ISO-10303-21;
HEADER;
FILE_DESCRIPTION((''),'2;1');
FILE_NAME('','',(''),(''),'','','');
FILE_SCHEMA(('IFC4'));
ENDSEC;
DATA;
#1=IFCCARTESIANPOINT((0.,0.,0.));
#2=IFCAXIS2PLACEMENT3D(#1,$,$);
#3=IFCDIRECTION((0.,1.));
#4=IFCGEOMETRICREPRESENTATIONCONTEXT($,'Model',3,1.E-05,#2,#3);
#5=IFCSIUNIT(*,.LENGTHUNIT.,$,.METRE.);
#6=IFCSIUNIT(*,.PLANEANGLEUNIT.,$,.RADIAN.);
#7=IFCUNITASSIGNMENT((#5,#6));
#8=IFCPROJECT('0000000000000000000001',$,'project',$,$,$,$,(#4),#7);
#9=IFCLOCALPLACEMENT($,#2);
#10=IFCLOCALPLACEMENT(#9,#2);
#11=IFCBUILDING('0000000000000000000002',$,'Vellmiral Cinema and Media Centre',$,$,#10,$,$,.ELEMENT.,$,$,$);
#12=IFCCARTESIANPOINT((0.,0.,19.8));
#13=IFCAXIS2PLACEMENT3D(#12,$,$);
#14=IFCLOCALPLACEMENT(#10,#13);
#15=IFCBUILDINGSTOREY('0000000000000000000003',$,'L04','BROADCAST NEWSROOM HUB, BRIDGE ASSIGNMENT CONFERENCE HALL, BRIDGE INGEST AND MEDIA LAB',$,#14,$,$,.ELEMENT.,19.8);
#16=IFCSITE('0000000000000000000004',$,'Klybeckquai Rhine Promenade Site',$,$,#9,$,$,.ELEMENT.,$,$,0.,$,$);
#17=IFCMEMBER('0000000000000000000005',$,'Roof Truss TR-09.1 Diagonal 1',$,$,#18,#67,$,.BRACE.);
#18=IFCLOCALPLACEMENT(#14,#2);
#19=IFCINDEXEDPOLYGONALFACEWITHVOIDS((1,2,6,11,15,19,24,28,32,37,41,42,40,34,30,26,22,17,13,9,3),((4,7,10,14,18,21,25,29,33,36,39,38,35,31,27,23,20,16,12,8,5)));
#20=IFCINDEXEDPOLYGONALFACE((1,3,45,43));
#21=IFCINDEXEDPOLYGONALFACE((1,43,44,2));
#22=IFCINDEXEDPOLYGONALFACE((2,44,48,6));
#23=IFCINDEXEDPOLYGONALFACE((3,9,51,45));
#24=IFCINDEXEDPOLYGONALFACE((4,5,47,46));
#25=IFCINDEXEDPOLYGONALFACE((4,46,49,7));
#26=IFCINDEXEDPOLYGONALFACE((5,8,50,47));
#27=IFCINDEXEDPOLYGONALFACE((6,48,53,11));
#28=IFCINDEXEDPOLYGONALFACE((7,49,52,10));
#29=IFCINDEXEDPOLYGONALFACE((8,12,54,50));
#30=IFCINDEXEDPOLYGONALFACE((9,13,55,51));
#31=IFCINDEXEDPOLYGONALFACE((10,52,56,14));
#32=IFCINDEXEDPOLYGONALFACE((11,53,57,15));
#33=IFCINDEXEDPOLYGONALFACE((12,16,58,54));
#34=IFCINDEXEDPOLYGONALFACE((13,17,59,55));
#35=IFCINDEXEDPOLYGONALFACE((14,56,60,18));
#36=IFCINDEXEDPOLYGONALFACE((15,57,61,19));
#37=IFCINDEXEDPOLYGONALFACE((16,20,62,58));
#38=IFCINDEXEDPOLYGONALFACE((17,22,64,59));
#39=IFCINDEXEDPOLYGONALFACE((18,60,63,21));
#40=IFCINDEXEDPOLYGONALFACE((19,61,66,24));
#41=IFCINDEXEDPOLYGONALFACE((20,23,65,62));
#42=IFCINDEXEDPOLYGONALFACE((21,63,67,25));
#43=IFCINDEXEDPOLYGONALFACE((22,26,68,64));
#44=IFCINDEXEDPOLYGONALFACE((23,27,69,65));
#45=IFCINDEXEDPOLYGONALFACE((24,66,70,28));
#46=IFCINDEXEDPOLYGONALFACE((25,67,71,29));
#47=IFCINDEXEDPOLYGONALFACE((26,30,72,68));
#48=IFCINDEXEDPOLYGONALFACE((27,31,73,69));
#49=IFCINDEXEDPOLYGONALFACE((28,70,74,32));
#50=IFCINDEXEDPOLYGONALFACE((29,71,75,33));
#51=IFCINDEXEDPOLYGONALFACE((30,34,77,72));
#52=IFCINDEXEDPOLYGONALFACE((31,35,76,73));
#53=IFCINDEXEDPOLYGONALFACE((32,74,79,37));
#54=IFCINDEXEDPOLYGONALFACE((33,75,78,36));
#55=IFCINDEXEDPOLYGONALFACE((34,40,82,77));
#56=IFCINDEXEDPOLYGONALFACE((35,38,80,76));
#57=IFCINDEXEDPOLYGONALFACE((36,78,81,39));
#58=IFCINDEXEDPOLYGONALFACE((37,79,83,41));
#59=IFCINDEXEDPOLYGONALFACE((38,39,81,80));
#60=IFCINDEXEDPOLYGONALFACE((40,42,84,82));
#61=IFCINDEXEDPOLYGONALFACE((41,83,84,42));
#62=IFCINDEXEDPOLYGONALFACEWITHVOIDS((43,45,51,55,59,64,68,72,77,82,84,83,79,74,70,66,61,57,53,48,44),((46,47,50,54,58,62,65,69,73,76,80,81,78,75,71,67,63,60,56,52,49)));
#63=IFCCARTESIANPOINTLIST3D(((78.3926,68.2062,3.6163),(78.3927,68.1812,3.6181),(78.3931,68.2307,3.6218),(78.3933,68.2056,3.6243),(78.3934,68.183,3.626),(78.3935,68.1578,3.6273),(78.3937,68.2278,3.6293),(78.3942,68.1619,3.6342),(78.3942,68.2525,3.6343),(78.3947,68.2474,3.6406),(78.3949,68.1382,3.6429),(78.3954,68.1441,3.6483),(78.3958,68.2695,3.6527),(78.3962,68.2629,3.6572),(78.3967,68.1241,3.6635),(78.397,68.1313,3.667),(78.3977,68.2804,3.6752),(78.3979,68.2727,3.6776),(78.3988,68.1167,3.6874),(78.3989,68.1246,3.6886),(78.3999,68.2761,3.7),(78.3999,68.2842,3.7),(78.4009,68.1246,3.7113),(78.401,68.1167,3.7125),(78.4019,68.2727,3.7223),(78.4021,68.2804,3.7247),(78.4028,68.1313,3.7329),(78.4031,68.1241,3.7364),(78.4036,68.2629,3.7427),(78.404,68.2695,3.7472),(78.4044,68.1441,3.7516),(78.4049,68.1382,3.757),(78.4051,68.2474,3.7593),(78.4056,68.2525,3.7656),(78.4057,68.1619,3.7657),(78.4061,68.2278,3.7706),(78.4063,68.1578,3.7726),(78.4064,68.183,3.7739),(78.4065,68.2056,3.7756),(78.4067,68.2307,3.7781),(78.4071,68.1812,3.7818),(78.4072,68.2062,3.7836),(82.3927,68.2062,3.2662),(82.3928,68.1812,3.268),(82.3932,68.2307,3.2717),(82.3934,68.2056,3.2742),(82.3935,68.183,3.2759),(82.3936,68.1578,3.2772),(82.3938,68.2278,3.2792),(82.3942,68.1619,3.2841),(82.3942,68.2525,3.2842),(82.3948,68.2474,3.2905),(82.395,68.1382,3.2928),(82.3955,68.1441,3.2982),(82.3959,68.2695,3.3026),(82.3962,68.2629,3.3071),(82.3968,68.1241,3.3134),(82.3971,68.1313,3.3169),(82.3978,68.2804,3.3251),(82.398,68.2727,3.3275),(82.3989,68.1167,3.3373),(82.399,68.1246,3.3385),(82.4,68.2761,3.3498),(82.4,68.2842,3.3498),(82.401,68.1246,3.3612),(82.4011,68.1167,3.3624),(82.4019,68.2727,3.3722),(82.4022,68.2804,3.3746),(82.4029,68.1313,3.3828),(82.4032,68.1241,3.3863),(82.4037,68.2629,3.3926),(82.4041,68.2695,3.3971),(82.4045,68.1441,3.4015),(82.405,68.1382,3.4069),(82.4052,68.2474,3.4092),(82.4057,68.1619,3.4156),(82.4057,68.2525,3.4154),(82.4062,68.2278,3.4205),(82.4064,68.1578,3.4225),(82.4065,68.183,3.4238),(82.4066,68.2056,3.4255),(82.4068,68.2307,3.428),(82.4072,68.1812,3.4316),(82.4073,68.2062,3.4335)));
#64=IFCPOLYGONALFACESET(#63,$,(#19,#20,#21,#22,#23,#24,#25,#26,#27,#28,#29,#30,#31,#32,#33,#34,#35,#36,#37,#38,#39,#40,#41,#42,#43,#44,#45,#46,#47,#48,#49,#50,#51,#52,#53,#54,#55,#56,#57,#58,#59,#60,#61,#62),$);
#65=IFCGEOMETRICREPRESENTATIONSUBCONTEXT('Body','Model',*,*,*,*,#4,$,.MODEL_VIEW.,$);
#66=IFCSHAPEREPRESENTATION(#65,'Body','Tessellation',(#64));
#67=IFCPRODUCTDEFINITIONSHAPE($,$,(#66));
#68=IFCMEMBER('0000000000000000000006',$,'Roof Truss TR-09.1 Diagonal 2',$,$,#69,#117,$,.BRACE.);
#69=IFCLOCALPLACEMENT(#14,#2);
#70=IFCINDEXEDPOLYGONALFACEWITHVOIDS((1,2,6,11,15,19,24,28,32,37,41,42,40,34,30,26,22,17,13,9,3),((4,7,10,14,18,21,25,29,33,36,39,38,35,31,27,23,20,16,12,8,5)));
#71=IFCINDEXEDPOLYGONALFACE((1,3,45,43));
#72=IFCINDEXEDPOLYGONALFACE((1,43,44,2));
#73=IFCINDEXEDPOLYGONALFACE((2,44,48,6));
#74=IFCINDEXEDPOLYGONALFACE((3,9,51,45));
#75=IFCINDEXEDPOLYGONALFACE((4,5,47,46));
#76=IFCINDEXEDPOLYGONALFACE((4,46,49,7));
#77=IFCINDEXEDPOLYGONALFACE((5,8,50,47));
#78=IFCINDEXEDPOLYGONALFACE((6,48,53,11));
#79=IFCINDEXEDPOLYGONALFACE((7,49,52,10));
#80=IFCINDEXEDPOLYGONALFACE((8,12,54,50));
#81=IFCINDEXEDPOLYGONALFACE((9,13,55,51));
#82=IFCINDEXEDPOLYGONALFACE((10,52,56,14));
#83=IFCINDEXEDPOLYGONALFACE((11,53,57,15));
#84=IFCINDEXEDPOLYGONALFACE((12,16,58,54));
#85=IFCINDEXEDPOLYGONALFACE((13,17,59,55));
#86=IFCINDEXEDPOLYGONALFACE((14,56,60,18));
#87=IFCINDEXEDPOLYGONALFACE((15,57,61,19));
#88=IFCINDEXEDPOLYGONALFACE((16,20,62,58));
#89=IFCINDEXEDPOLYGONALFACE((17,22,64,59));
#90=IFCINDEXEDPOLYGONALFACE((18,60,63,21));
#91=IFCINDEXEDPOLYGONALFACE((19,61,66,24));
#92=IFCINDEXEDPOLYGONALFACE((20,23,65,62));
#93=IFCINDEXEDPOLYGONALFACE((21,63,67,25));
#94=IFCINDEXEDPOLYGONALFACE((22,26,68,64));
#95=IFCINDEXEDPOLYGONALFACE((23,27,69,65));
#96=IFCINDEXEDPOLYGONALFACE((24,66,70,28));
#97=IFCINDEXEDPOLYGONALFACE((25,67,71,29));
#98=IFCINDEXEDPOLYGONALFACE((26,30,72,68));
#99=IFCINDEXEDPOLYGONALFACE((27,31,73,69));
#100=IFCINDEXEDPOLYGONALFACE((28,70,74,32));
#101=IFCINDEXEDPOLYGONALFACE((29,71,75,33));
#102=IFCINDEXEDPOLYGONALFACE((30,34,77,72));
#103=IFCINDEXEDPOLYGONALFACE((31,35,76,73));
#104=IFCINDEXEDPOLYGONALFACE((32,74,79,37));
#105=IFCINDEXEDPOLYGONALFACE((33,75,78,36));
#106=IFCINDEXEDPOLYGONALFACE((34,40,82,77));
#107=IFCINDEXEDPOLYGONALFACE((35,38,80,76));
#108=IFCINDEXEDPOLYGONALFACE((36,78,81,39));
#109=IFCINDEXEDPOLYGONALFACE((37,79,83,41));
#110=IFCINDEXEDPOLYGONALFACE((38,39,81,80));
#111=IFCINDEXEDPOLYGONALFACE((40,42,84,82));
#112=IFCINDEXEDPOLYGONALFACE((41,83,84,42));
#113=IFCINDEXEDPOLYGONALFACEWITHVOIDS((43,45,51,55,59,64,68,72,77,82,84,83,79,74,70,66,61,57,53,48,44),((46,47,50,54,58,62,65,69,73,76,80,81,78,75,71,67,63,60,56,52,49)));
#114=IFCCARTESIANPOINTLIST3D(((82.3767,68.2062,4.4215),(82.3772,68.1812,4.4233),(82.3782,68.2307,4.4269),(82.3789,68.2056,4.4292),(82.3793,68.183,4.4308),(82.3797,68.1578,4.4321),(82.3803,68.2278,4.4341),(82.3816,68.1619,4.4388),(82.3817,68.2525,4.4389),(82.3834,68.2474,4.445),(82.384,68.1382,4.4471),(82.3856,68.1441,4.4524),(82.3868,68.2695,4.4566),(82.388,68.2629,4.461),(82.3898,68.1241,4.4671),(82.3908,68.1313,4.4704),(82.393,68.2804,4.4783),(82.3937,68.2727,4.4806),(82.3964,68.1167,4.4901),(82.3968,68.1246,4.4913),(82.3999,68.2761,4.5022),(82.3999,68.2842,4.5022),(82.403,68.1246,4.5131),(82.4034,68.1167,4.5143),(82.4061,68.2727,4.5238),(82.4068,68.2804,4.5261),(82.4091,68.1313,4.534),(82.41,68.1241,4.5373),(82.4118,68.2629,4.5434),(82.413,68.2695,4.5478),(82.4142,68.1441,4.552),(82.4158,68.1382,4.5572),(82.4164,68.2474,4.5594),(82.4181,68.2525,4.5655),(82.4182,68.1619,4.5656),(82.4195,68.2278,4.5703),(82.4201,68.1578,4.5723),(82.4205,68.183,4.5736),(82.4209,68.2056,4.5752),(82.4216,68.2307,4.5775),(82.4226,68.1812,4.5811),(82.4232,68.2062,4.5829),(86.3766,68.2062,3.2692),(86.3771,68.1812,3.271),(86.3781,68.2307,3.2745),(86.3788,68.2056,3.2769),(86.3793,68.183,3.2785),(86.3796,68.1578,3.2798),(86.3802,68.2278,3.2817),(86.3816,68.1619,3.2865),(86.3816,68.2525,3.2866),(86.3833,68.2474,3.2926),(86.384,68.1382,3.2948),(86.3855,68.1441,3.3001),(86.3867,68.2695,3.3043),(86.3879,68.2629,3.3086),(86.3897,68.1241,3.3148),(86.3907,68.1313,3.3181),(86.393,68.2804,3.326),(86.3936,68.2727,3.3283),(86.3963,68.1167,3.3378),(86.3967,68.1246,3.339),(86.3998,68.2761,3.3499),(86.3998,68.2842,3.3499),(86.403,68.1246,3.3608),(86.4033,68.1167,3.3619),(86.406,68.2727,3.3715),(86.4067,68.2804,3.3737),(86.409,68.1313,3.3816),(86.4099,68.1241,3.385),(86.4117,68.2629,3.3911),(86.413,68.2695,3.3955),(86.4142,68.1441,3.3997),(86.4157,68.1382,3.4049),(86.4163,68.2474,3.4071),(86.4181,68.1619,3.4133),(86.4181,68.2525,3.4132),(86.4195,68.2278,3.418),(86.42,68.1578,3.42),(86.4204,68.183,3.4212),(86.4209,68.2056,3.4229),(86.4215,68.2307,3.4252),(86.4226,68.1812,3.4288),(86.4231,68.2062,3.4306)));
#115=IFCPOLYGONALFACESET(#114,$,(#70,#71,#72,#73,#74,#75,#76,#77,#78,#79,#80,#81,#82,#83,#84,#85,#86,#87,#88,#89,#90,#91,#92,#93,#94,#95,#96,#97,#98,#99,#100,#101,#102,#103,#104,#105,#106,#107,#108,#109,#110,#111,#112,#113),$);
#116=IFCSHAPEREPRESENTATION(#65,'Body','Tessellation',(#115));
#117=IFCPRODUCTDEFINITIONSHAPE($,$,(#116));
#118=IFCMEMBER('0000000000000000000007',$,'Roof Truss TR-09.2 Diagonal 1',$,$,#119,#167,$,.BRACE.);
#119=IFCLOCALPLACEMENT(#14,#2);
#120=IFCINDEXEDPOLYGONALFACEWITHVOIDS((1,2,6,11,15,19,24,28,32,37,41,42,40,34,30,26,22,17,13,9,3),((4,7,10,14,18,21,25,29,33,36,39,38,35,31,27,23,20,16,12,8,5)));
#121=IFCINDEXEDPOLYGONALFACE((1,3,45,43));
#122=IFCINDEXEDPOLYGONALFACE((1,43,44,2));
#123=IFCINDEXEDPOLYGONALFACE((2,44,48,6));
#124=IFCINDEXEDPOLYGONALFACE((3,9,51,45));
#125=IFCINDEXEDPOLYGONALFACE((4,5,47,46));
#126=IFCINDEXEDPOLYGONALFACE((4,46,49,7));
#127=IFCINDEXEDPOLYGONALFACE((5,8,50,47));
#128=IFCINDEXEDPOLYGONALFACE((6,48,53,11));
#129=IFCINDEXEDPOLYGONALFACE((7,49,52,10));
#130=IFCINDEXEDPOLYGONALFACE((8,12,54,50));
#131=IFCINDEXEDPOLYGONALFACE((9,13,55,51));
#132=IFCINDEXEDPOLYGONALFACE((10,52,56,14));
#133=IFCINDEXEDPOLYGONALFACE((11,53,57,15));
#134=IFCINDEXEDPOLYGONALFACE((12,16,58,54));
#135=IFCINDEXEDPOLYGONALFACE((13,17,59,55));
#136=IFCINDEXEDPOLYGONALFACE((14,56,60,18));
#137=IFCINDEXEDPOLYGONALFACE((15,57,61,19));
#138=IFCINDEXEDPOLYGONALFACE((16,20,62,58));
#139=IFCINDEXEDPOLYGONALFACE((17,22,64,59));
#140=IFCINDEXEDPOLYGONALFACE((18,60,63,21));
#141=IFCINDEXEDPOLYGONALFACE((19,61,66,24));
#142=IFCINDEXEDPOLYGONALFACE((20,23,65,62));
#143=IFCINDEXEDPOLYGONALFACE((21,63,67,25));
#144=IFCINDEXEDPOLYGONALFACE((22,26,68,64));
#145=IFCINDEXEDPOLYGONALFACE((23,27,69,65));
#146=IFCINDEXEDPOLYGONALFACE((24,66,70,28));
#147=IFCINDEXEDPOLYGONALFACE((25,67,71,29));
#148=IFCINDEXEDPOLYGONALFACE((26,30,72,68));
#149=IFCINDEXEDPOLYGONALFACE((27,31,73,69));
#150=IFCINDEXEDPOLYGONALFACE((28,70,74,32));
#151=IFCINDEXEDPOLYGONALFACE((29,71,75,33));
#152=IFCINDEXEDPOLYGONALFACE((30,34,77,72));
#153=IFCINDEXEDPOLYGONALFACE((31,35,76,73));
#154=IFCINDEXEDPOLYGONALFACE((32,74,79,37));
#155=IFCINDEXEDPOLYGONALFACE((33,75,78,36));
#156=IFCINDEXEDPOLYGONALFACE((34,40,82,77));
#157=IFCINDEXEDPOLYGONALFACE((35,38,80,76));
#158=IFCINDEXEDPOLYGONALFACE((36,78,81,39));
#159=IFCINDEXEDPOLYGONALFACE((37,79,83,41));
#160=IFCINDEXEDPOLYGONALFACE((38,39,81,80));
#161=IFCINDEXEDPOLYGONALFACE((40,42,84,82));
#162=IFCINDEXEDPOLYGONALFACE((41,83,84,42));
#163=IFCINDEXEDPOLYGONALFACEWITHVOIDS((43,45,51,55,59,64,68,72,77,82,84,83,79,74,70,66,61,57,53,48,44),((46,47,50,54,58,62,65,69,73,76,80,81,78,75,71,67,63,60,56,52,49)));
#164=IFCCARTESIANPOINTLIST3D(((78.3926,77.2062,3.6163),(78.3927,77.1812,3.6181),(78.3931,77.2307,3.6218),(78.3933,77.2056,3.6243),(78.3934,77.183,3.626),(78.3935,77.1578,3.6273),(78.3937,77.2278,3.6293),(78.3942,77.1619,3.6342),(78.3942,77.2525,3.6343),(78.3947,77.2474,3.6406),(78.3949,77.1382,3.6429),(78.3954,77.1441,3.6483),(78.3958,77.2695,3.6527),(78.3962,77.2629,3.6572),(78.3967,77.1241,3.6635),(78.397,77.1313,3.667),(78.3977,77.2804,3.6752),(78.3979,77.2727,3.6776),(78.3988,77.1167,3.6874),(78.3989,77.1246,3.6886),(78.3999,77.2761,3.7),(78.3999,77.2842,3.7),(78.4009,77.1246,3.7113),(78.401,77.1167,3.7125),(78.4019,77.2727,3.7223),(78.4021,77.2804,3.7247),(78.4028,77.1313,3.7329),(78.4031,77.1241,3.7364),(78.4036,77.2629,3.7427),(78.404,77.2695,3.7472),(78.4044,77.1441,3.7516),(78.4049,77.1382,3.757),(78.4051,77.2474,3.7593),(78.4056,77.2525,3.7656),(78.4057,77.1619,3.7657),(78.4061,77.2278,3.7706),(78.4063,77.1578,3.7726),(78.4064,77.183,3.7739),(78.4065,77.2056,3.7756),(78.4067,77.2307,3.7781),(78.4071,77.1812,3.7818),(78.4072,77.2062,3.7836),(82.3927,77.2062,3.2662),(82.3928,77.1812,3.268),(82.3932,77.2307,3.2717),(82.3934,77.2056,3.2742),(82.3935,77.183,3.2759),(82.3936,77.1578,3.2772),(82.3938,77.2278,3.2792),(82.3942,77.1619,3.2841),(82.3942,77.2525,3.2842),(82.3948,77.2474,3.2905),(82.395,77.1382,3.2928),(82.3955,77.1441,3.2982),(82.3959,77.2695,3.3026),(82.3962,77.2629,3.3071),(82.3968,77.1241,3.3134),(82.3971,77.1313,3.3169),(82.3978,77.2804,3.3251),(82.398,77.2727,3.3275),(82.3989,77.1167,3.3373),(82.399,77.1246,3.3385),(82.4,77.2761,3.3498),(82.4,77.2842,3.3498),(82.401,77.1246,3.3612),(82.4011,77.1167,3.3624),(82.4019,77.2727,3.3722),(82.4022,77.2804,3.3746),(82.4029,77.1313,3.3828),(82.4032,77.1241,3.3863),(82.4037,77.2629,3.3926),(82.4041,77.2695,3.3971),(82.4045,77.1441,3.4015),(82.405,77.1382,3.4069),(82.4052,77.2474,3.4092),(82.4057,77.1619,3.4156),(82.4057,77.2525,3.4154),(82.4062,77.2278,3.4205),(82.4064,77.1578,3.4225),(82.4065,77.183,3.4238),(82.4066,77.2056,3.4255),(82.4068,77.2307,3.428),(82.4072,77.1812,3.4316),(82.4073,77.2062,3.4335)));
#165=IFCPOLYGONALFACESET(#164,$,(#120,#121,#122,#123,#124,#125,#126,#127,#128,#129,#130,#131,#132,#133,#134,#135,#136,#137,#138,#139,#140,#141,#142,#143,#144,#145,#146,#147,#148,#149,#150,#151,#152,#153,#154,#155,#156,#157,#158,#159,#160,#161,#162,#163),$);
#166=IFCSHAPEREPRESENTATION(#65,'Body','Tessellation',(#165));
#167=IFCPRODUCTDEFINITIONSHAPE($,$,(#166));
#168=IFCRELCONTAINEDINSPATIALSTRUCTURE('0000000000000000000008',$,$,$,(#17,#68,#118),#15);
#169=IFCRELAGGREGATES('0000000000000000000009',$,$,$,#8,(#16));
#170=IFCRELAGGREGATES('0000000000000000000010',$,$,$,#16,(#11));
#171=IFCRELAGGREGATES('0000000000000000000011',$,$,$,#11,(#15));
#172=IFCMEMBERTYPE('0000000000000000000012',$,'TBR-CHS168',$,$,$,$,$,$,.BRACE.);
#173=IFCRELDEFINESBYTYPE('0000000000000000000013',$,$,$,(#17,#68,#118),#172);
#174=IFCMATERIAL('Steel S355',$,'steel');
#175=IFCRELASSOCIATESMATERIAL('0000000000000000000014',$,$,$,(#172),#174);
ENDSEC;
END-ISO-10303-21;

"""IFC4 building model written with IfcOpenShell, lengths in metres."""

from ifc_helpers import new_model, si_unit, direction, frame, origin, origin_2d, place, context, subcontext, project, spatial, hollow_circle, extrude, material, material_profile, profile_set, type_object, element, save


model = new_model("IFC4")

# Units and contexts
model_context = context("Model", 3, precision=1e-05, world=origin(), true_north=direction((0.0, 1.0)))
body_context = subcontext(model_context, "Body", "Model", "MODEL_VIEW")
ifc_project = project(units=[si_unit("LENGTHUNIT", "METRE"), si_unit("PLANEANGLEUNIT", "RADIAN")], contexts=[model_context])

# Site, building, storey
site_placement = place(None, origin())
site = spatial("IfcSite", under=ifc_project, at=site_placement, Name="Klybeckquai Rhine Promenade Site", CompositionType="ELEMENT", RefElevation=0.0)
building_placement = place(site_placement, origin())
building = spatial("IfcBuilding", under=site, at=building_placement, Name="Vellmiral Cinema and Media Centre", CompositionType="ELEMENT")
storey_placement = place(building_placement, frame((0.0, 0.0, 19.8)))
storey = spatial("IfcBuildingStorey", under=building, at=storey_placement, Name="L04", Description="BROADCAST NEWSROOM HUB, BRIDGE ASSIGNMENT CONFERENCE HALL, BRIDGE INGEST AND MEDIA LAB", CompositionType="ELEMENT", Elevation=19.8)

# Members
ifc_material_1 = material(Name="Steel S355", Category="steel")
ifc_material_profile_1 = material_profile(ifc_material_1, hollow_circle(Radius=0.0842, WallThickness=0.0081, at=origin_2d()), Name="CHS 168.3x8.0")
ifc_profile_set_1 = profile_set([ifc_material_profile_1], Name="Steel S355")
member_type_1 = type_object("IfcMemberType", Name="TBR-CHS168", PredefinedType="BRACE", material=ifc_profile_set_1)
member_1_placement = place(storey_placement, frame((78.3999, 68.2, 3.7), z_axis=(0.996192, 0.0, -0.087191), x_axis=(0.0, 1.0, 0.0)))
element("IfcMember", 1, at=member_1_placement, inside=storey, type_object=member_type_1, Name="Roof Truss TR-09.1 Diagonal 1", PredefinedType="BRACE", context=body_context, shape_type="SweptSolid", body=[
    extrude(hollow_circle(Radius=0.0842, WallThickness=0.0081, at=origin_2d()), origin(), (0.0, 0.0, 1.0), 4.0154),
])
member_2_placement = place(storey_placement, frame((82.3999, 68.2, 4.5022), z_axis=(0.96092, 0.0, -0.276827), x_axis=(0.0, 1.0, 0.0)))
element("IfcMember", 2, at=member_2_placement, inside=storey, type_object=member_type_1, Name="Roof Truss TR-09.1 Diagonal 2", PredefinedType="BRACE", context=body_context, shape_type="SweptSolid", body=[
    extrude(hollow_circle(Radius=0.0842, WallThickness=0.0081, at=origin_2d()), origin(), (0.0, 0.0, 1.0), 4.1626),
])
member_3_placement = place(storey_placement, frame((78.3999, 77.2, 3.7), z_axis=(0.996192, 0.0, -0.087191), x_axis=(0.0, 1.0, 0.0)))
element("IfcMember", 3, at=member_3_placement, inside=storey, type_object=member_type_1, Name="Roof Truss TR-09.2 Diagonal 1", PredefinedType="BRACE", context=body_context, shape_type="SweptSolid", body=[
    extrude(hollow_circle(Radius=0.0842, WallThickness=0.0081, at=origin_2d()), origin(), (0.0, 0.0, 1.0), 4.0154),
])

save(model, "model.ifc")
